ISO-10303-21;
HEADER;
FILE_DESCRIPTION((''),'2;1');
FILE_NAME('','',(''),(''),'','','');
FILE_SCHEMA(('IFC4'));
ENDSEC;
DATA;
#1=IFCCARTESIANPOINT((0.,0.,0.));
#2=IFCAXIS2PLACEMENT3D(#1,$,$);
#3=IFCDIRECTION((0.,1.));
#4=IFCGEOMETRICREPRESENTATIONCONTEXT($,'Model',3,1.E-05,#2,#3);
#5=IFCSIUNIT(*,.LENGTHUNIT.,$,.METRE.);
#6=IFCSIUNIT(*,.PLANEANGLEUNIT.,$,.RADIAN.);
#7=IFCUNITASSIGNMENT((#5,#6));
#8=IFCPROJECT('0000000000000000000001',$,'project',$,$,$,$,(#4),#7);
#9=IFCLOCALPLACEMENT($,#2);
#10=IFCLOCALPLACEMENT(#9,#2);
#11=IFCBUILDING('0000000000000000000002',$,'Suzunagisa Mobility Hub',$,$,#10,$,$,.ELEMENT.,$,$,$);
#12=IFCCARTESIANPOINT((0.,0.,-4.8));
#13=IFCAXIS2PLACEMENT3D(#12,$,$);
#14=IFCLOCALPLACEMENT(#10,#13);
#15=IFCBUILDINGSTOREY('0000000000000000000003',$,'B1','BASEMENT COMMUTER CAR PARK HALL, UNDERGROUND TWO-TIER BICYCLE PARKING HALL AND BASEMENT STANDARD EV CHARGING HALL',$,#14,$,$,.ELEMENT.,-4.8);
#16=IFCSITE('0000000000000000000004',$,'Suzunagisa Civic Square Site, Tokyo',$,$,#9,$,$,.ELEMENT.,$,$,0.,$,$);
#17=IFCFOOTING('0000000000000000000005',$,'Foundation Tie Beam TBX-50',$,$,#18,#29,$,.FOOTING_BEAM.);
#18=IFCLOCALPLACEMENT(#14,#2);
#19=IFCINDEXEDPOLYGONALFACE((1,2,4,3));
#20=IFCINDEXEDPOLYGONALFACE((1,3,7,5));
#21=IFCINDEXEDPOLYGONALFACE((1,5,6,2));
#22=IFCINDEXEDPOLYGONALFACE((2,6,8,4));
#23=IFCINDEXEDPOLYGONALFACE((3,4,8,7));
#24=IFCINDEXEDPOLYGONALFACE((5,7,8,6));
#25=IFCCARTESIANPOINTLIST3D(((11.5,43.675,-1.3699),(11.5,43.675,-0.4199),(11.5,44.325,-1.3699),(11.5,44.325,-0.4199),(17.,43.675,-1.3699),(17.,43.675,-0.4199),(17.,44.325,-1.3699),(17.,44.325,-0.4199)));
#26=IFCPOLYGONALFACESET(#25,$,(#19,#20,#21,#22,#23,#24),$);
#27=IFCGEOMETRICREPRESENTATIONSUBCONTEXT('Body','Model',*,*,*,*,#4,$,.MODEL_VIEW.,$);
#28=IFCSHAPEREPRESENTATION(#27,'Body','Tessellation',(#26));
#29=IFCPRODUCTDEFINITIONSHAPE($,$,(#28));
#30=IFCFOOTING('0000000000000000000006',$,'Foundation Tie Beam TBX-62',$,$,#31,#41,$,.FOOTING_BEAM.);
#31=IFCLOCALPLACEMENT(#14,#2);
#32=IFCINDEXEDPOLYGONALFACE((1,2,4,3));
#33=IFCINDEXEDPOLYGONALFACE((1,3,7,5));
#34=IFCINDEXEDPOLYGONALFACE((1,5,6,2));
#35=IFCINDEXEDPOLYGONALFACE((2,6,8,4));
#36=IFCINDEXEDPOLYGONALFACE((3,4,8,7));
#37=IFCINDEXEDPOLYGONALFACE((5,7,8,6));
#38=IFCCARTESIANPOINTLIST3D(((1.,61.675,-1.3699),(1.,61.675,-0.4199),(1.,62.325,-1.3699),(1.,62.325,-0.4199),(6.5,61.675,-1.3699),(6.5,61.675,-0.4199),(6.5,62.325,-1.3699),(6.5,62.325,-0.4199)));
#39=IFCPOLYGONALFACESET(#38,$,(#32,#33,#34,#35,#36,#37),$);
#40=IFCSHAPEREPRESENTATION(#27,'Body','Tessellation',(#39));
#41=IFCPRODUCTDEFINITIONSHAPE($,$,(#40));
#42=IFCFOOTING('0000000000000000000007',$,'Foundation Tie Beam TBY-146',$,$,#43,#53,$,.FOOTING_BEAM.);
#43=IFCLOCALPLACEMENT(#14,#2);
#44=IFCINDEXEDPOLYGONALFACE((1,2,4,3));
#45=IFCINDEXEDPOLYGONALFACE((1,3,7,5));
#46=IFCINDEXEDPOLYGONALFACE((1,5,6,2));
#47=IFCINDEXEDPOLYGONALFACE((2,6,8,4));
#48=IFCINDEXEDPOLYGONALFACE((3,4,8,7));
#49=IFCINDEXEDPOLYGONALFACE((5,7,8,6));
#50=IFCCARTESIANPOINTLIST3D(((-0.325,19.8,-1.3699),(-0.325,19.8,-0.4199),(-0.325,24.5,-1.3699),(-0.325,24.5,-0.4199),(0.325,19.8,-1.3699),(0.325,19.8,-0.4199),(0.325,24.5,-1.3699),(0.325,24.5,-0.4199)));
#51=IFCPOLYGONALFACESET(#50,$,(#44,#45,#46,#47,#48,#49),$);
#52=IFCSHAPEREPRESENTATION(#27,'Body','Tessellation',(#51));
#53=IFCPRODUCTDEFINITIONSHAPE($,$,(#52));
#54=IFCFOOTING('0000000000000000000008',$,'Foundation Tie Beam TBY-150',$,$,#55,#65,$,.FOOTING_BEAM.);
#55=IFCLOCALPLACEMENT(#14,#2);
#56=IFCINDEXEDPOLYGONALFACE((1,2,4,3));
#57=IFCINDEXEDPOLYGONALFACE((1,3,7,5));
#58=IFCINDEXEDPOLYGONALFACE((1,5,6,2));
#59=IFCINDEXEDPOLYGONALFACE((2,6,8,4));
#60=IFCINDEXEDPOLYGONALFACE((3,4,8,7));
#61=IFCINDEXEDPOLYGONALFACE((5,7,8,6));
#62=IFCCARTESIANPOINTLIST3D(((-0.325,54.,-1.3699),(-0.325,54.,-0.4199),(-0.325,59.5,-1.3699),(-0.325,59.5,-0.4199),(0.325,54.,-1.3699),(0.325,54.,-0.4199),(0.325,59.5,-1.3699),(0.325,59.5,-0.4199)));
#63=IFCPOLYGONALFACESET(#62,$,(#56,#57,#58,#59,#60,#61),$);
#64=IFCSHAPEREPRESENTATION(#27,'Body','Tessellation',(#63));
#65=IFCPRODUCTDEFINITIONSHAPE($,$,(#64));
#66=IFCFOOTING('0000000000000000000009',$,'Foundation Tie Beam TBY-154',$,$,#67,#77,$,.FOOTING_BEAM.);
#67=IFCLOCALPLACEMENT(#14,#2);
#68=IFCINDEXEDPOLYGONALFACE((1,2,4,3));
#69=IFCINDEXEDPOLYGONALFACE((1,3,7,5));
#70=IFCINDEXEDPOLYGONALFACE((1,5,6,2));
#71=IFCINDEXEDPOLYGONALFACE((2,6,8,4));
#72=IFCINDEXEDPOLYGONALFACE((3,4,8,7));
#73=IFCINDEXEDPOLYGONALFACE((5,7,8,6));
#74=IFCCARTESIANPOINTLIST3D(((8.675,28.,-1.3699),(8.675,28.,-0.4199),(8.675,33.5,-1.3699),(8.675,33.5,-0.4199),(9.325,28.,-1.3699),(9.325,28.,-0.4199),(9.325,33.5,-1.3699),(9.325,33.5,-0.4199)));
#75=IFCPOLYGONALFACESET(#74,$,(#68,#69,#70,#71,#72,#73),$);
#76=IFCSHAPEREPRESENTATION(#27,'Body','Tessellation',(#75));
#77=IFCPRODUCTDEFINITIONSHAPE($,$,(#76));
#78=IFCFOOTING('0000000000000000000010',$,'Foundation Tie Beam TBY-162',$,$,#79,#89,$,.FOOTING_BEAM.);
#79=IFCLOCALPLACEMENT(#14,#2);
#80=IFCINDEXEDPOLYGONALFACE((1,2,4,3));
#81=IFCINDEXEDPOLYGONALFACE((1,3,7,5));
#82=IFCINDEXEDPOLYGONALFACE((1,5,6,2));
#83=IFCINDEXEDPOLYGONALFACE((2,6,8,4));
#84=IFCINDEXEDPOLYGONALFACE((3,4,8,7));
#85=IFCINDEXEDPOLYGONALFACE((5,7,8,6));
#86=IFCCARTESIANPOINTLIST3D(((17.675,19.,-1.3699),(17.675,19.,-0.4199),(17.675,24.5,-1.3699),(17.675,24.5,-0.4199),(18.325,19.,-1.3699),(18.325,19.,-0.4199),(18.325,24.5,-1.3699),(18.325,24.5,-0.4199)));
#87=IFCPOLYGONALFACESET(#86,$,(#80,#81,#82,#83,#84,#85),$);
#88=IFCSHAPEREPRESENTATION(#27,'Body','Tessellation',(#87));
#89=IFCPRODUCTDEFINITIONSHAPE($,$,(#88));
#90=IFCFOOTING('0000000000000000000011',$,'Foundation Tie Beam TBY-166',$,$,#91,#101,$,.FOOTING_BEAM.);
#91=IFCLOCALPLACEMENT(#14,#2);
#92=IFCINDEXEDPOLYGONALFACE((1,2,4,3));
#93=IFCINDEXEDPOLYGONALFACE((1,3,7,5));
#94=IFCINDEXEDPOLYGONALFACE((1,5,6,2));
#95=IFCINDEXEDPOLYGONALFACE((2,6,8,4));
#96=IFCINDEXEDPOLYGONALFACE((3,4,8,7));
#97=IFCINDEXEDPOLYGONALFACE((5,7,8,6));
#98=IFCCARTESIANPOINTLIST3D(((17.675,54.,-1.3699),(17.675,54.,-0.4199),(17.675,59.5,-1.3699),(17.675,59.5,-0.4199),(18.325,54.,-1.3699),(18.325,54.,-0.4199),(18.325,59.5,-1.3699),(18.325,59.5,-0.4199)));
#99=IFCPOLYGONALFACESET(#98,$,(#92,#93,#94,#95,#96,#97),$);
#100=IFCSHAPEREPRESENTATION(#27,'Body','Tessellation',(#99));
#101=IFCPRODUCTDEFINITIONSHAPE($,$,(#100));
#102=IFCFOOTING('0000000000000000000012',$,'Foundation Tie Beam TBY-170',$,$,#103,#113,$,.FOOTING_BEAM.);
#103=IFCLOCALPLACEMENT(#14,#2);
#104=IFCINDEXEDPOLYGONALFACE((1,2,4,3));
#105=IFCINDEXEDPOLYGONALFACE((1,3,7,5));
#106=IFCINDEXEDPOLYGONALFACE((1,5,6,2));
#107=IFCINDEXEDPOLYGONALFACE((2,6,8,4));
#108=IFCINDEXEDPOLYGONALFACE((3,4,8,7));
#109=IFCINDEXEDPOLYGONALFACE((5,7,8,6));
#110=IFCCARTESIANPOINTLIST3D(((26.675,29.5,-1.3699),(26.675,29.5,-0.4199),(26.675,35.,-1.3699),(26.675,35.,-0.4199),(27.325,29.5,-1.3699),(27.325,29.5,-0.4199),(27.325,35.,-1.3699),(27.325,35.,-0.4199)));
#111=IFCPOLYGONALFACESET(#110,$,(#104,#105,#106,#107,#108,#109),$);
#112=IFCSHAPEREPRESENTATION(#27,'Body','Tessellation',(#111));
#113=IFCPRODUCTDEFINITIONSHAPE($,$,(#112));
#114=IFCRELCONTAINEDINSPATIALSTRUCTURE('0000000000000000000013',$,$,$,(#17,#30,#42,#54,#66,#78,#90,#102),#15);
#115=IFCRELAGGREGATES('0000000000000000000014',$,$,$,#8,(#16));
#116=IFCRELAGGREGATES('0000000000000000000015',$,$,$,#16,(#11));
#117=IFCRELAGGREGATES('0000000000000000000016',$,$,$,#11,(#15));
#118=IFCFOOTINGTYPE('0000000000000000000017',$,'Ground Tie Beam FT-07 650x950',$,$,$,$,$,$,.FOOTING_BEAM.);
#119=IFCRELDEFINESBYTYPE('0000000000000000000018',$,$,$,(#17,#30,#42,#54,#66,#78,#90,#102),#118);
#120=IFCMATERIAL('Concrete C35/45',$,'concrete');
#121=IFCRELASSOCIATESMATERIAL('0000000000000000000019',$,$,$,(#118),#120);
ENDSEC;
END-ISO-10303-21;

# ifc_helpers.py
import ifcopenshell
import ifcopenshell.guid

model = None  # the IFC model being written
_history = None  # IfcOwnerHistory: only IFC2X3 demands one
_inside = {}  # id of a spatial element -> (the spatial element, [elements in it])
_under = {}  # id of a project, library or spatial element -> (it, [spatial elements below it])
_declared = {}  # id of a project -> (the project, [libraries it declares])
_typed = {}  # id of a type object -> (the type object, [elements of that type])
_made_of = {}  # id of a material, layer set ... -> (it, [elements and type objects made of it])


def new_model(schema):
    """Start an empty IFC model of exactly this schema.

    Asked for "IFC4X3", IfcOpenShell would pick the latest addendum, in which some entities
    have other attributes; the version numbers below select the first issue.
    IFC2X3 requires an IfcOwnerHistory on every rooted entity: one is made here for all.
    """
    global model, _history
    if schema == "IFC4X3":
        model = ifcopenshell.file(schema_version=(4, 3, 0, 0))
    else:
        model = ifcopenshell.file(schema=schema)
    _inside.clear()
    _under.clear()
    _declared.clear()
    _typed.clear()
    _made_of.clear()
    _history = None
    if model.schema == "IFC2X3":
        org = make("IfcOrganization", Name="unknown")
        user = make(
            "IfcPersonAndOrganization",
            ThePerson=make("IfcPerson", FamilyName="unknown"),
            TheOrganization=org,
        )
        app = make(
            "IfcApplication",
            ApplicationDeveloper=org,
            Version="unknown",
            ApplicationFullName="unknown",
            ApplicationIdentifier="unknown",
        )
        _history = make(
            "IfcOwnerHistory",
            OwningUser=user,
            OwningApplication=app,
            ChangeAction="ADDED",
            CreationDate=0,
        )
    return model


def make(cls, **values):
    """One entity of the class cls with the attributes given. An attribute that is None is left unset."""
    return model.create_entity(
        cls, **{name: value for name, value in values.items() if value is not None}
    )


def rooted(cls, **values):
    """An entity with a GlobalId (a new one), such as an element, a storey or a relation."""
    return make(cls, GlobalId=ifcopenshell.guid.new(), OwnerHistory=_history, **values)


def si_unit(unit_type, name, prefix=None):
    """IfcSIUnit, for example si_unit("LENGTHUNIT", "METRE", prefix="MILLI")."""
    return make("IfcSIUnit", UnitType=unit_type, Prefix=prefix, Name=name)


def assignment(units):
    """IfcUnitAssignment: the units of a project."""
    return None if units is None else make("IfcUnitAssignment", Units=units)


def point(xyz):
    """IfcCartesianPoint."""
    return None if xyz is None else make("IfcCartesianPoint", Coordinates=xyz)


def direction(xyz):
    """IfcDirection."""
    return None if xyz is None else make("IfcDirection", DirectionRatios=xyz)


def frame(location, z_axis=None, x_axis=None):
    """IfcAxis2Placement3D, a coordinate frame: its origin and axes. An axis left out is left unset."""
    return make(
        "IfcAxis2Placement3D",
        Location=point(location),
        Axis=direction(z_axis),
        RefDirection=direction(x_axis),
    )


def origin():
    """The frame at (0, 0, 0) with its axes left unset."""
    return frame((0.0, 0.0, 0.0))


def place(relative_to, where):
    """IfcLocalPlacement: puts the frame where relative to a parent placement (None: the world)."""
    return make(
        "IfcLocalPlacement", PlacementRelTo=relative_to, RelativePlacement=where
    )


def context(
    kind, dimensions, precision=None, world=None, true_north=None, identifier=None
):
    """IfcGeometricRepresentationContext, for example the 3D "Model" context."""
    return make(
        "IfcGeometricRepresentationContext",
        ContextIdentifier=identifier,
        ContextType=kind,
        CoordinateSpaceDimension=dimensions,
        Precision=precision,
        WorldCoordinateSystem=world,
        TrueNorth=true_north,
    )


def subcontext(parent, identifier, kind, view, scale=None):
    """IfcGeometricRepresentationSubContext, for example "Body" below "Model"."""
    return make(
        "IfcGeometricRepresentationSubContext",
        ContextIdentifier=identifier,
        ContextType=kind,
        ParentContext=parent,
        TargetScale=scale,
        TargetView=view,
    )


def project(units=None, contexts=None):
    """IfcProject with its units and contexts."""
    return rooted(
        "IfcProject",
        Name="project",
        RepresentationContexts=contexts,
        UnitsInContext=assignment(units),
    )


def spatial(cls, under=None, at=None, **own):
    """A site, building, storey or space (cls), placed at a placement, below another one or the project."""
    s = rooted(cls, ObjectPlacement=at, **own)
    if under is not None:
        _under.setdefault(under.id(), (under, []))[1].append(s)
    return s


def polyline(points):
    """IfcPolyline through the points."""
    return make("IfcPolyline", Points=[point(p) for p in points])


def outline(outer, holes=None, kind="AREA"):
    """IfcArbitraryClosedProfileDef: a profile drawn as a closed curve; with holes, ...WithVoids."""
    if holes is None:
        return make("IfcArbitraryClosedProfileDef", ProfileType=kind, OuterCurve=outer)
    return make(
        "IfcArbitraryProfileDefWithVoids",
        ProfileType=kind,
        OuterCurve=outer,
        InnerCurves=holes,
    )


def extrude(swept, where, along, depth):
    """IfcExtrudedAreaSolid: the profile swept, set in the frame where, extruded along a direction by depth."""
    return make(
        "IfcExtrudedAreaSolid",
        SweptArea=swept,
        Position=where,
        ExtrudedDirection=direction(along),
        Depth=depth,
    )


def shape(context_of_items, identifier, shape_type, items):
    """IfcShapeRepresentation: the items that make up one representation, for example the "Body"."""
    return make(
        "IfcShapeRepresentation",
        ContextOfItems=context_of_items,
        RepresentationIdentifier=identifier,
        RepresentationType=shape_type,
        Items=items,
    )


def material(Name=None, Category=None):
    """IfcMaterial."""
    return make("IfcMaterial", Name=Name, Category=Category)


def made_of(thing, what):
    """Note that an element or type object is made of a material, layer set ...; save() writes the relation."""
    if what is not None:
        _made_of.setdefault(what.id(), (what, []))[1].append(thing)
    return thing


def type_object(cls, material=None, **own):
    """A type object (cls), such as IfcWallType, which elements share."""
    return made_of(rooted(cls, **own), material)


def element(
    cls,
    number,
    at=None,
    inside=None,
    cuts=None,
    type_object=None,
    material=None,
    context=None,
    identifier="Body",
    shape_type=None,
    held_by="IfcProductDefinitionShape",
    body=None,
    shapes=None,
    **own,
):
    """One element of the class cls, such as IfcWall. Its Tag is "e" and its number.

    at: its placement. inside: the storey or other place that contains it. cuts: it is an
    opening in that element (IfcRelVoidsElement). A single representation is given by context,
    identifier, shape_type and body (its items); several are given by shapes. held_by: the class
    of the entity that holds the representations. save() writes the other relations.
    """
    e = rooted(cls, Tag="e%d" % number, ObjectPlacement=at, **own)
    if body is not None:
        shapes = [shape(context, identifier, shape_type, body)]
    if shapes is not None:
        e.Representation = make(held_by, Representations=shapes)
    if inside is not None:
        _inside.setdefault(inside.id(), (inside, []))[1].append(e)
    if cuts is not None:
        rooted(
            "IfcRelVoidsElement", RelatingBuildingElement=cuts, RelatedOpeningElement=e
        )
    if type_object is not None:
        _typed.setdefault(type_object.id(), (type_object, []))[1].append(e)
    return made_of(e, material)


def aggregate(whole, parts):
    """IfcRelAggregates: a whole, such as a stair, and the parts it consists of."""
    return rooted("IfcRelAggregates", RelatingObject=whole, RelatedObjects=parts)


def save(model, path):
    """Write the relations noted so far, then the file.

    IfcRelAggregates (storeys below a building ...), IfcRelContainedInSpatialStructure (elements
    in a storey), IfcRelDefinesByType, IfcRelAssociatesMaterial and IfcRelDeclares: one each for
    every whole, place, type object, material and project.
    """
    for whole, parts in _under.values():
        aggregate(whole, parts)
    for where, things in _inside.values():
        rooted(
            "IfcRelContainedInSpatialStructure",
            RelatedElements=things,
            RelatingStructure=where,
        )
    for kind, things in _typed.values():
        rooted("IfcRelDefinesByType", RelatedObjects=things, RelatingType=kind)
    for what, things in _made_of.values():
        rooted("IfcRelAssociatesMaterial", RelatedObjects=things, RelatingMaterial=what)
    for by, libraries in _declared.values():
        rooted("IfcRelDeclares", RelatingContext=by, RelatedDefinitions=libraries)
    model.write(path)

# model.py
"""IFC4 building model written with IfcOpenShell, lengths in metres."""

from ifc_helpers import new_model, si_unit, direction, frame, origin, place, context, subcontext, project, spatial, polyline, outline, extrude, material, type_object, element, save


model = new_model("IFC4")

# Units and contexts
model_context = context("Model", 3, precision=1e-05, world=origin(), true_north=direction((0.0, 1.0)))
body_context = subcontext(model_context, "Body", "Model", "MODEL_VIEW")
ifc_project = project(units=[si_unit("LENGTHUNIT", "METRE"), si_unit("PLANEANGLEUNIT", "RADIAN")], contexts=[model_context])

# Site, building, storey
site_placement = place(None, origin())
site = spatial("IfcSite", under=ifc_project, at=site_placement, Name="Suzunagisa Civic Square Site, Tokyo", CompositionType="ELEMENT", RefElevation=0.0)
building_placement = place(site_placement, origin())
building = spatial("IfcBuilding", under=site, at=building_placement, Name="Suzunagisa Mobility Hub", CompositionType="ELEMENT")
storey_placement = place(building_placement, frame((0.0, 0.0, -4.8)))
storey = spatial("IfcBuildingStorey", under=building, at=storey_placement, Name="B1", Description="BASEMENT COMMUTER CAR PARK HALL, UNDERGROUND TWO-TIER BICYCLE PARKING HALL AND BASEMENT STANDARD EV CHARGING HALL", CompositionType="ELEMENT", Elevation=-4.8)

# Footings
ifc_material = material(Name="Concrete C35/45", Category="concrete")
footing_type_1 = type_object("IfcFootingType", Name="Ground Tie Beam FT-07 650x950", PredefinedType="FOOTING_BEAM", material=ifc_material)
footing_1_placement = place(storey_placement, frame((0.0, 0.0, -1.3699)))
element("IfcFooting", 1, at=footing_1_placement, inside=storey, type_object=footing_type_1, Name="Foundation Tie Beam TBX-50", PredefinedType="FOOTING_BEAM", context=body_context, shape_type="SweptSolid", body=[
    extrude(outline(polyline([(11.5, 43.675), (17.0, 43.675), (17.0, 44.325), (11.5, 44.325), (11.5, 43.675)])), origin(), (0.0, 0.0, 1.0), 0.95),
])
footing_2_placement = place(storey_placement, frame((0.0, 0.0, -1.3699)))
element("IfcFooting", 2, at=footing_2_placement, inside=storey, type_object=footing_type_1, Name="Foundation Tie Beam TBX-62", PredefinedType="FOOTING_BEAM", context=body_context, shape_type="SweptSolid", body=[
    extrude(outline(polyline([(1.0, 61.675), (6.5, 61.675), (6.5, 62.325), (1.0, 62.325), (1.0, 61.675)])), origin(), (0.0, 0.0, 1.0), 0.95),
])
footing_3_placement = place(storey_placement, frame((0.0, 0.0, -1.3699)))
element("IfcFooting", 3, at=footing_3_placement, inside=storey, type_object=footing_type_1, Name="Foundation Tie Beam TBY-146", PredefinedType="FOOTING_BEAM", context=body_context, shape_type="SweptSolid", body=[
    extrude(outline(polyline([(-0.325, 19.8), (0.325, 19.8), (0.325, 24.5), (-0.325, 24.5), (-0.325, 19.8)])), origin(), (0.0, 0.0, 1.0), 0.95),
])
footing_4_placement = place(storey_placement, frame((0.0, 0.0, -1.3699)))
element("IfcFooting", 4, at=footing_4_placement, inside=storey, type_object=footing_type_1, Name="Foundation Tie Beam TBY-150", PredefinedType="FOOTING_BEAM", context=body_context, shape_type="SweptSolid", body=[
    extrude(outline(polyline([(-0.325, 54.0), (0.325, 54.0), (0.325, 59.5), (-0.325, 59.5), (-0.325, 54.0)])), origin(), (0.0, 0.0, 1.0), 0.95),
])
footing_5_placement = place(storey_placement, frame((0.0, 0.0, -1.3699)))
element("IfcFooting", 5, at=footing_5_placement, inside=storey, type_object=footing_type_1, Name="Foundation Tie Beam TBY-154", PredefinedType="FOOTING_BEAM", context=body_context, shape_type="SweptSolid", body=[
    extrude(outline(polyline([(8.675, 28.0), (9.325, 28.0), (9.325, 33.5), (8.675, 33.5), (8.675, 28.0)])), origin(), (0.0, 0.0, 1.0), 0.95),
])
footing_6_placement = place(storey_placement, frame((0.0, 0.0, -1.3699)))
element("IfcFooting", 6, at=footing_6_placement, inside=storey, type_object=footing_type_1, Name="Foundation Tie Beam TBY-162", PredefinedType="FOOTING_BEAM", context=body_context, shape_type="SweptSolid", body=[
    extrude(outline(polyline([(17.675, 19.0), (18.325, 19.0), (18.325, 24.5), (17.675, 24.5), (17.675, 19.0)])), origin(), (0.0, 0.0, 1.0), 0.95),
])
footing_7_placement = place(storey_placement, frame((0.0, 0.0, -1.3699)))
element("IfcFooting", 7, at=footing_7_placement, inside=storey, type_object=footing_type_1, Name="Foundation Tie Beam TBY-166", PredefinedType="FOOTING_BEAM", context=body_context, shape_type="SweptSolid", body=[
    extrude(outline(polyline([(17.675, 54.0), (18.325, 54.0), (18.325, 59.5), (17.675, 59.5), (17.675, 54.0)])), origin(), (0.0, 0.0, 1.0), 0.95),
])
footing_8_placement = place(storey_placement, frame((0.0, 0.0, -1.3699)))
element("IfcFooting", 8, at=footing_8_placement, inside=storey, type_object=footing_type_1, Name="Foundation Tie Beam TBY-170", PredefinedType="FOOTING_BEAM", context=body_context, shape_type="SweptSolid", body=[
    extrude(outline(polyline([(26.675, 29.5), (27.325, 29.5), (27.325, 35.0), (26.675, 35.0), (26.675, 29.5)])), origin(), (0.0, 0.0, 1.0), 0.95),
])

save(model, "model.ifc")
